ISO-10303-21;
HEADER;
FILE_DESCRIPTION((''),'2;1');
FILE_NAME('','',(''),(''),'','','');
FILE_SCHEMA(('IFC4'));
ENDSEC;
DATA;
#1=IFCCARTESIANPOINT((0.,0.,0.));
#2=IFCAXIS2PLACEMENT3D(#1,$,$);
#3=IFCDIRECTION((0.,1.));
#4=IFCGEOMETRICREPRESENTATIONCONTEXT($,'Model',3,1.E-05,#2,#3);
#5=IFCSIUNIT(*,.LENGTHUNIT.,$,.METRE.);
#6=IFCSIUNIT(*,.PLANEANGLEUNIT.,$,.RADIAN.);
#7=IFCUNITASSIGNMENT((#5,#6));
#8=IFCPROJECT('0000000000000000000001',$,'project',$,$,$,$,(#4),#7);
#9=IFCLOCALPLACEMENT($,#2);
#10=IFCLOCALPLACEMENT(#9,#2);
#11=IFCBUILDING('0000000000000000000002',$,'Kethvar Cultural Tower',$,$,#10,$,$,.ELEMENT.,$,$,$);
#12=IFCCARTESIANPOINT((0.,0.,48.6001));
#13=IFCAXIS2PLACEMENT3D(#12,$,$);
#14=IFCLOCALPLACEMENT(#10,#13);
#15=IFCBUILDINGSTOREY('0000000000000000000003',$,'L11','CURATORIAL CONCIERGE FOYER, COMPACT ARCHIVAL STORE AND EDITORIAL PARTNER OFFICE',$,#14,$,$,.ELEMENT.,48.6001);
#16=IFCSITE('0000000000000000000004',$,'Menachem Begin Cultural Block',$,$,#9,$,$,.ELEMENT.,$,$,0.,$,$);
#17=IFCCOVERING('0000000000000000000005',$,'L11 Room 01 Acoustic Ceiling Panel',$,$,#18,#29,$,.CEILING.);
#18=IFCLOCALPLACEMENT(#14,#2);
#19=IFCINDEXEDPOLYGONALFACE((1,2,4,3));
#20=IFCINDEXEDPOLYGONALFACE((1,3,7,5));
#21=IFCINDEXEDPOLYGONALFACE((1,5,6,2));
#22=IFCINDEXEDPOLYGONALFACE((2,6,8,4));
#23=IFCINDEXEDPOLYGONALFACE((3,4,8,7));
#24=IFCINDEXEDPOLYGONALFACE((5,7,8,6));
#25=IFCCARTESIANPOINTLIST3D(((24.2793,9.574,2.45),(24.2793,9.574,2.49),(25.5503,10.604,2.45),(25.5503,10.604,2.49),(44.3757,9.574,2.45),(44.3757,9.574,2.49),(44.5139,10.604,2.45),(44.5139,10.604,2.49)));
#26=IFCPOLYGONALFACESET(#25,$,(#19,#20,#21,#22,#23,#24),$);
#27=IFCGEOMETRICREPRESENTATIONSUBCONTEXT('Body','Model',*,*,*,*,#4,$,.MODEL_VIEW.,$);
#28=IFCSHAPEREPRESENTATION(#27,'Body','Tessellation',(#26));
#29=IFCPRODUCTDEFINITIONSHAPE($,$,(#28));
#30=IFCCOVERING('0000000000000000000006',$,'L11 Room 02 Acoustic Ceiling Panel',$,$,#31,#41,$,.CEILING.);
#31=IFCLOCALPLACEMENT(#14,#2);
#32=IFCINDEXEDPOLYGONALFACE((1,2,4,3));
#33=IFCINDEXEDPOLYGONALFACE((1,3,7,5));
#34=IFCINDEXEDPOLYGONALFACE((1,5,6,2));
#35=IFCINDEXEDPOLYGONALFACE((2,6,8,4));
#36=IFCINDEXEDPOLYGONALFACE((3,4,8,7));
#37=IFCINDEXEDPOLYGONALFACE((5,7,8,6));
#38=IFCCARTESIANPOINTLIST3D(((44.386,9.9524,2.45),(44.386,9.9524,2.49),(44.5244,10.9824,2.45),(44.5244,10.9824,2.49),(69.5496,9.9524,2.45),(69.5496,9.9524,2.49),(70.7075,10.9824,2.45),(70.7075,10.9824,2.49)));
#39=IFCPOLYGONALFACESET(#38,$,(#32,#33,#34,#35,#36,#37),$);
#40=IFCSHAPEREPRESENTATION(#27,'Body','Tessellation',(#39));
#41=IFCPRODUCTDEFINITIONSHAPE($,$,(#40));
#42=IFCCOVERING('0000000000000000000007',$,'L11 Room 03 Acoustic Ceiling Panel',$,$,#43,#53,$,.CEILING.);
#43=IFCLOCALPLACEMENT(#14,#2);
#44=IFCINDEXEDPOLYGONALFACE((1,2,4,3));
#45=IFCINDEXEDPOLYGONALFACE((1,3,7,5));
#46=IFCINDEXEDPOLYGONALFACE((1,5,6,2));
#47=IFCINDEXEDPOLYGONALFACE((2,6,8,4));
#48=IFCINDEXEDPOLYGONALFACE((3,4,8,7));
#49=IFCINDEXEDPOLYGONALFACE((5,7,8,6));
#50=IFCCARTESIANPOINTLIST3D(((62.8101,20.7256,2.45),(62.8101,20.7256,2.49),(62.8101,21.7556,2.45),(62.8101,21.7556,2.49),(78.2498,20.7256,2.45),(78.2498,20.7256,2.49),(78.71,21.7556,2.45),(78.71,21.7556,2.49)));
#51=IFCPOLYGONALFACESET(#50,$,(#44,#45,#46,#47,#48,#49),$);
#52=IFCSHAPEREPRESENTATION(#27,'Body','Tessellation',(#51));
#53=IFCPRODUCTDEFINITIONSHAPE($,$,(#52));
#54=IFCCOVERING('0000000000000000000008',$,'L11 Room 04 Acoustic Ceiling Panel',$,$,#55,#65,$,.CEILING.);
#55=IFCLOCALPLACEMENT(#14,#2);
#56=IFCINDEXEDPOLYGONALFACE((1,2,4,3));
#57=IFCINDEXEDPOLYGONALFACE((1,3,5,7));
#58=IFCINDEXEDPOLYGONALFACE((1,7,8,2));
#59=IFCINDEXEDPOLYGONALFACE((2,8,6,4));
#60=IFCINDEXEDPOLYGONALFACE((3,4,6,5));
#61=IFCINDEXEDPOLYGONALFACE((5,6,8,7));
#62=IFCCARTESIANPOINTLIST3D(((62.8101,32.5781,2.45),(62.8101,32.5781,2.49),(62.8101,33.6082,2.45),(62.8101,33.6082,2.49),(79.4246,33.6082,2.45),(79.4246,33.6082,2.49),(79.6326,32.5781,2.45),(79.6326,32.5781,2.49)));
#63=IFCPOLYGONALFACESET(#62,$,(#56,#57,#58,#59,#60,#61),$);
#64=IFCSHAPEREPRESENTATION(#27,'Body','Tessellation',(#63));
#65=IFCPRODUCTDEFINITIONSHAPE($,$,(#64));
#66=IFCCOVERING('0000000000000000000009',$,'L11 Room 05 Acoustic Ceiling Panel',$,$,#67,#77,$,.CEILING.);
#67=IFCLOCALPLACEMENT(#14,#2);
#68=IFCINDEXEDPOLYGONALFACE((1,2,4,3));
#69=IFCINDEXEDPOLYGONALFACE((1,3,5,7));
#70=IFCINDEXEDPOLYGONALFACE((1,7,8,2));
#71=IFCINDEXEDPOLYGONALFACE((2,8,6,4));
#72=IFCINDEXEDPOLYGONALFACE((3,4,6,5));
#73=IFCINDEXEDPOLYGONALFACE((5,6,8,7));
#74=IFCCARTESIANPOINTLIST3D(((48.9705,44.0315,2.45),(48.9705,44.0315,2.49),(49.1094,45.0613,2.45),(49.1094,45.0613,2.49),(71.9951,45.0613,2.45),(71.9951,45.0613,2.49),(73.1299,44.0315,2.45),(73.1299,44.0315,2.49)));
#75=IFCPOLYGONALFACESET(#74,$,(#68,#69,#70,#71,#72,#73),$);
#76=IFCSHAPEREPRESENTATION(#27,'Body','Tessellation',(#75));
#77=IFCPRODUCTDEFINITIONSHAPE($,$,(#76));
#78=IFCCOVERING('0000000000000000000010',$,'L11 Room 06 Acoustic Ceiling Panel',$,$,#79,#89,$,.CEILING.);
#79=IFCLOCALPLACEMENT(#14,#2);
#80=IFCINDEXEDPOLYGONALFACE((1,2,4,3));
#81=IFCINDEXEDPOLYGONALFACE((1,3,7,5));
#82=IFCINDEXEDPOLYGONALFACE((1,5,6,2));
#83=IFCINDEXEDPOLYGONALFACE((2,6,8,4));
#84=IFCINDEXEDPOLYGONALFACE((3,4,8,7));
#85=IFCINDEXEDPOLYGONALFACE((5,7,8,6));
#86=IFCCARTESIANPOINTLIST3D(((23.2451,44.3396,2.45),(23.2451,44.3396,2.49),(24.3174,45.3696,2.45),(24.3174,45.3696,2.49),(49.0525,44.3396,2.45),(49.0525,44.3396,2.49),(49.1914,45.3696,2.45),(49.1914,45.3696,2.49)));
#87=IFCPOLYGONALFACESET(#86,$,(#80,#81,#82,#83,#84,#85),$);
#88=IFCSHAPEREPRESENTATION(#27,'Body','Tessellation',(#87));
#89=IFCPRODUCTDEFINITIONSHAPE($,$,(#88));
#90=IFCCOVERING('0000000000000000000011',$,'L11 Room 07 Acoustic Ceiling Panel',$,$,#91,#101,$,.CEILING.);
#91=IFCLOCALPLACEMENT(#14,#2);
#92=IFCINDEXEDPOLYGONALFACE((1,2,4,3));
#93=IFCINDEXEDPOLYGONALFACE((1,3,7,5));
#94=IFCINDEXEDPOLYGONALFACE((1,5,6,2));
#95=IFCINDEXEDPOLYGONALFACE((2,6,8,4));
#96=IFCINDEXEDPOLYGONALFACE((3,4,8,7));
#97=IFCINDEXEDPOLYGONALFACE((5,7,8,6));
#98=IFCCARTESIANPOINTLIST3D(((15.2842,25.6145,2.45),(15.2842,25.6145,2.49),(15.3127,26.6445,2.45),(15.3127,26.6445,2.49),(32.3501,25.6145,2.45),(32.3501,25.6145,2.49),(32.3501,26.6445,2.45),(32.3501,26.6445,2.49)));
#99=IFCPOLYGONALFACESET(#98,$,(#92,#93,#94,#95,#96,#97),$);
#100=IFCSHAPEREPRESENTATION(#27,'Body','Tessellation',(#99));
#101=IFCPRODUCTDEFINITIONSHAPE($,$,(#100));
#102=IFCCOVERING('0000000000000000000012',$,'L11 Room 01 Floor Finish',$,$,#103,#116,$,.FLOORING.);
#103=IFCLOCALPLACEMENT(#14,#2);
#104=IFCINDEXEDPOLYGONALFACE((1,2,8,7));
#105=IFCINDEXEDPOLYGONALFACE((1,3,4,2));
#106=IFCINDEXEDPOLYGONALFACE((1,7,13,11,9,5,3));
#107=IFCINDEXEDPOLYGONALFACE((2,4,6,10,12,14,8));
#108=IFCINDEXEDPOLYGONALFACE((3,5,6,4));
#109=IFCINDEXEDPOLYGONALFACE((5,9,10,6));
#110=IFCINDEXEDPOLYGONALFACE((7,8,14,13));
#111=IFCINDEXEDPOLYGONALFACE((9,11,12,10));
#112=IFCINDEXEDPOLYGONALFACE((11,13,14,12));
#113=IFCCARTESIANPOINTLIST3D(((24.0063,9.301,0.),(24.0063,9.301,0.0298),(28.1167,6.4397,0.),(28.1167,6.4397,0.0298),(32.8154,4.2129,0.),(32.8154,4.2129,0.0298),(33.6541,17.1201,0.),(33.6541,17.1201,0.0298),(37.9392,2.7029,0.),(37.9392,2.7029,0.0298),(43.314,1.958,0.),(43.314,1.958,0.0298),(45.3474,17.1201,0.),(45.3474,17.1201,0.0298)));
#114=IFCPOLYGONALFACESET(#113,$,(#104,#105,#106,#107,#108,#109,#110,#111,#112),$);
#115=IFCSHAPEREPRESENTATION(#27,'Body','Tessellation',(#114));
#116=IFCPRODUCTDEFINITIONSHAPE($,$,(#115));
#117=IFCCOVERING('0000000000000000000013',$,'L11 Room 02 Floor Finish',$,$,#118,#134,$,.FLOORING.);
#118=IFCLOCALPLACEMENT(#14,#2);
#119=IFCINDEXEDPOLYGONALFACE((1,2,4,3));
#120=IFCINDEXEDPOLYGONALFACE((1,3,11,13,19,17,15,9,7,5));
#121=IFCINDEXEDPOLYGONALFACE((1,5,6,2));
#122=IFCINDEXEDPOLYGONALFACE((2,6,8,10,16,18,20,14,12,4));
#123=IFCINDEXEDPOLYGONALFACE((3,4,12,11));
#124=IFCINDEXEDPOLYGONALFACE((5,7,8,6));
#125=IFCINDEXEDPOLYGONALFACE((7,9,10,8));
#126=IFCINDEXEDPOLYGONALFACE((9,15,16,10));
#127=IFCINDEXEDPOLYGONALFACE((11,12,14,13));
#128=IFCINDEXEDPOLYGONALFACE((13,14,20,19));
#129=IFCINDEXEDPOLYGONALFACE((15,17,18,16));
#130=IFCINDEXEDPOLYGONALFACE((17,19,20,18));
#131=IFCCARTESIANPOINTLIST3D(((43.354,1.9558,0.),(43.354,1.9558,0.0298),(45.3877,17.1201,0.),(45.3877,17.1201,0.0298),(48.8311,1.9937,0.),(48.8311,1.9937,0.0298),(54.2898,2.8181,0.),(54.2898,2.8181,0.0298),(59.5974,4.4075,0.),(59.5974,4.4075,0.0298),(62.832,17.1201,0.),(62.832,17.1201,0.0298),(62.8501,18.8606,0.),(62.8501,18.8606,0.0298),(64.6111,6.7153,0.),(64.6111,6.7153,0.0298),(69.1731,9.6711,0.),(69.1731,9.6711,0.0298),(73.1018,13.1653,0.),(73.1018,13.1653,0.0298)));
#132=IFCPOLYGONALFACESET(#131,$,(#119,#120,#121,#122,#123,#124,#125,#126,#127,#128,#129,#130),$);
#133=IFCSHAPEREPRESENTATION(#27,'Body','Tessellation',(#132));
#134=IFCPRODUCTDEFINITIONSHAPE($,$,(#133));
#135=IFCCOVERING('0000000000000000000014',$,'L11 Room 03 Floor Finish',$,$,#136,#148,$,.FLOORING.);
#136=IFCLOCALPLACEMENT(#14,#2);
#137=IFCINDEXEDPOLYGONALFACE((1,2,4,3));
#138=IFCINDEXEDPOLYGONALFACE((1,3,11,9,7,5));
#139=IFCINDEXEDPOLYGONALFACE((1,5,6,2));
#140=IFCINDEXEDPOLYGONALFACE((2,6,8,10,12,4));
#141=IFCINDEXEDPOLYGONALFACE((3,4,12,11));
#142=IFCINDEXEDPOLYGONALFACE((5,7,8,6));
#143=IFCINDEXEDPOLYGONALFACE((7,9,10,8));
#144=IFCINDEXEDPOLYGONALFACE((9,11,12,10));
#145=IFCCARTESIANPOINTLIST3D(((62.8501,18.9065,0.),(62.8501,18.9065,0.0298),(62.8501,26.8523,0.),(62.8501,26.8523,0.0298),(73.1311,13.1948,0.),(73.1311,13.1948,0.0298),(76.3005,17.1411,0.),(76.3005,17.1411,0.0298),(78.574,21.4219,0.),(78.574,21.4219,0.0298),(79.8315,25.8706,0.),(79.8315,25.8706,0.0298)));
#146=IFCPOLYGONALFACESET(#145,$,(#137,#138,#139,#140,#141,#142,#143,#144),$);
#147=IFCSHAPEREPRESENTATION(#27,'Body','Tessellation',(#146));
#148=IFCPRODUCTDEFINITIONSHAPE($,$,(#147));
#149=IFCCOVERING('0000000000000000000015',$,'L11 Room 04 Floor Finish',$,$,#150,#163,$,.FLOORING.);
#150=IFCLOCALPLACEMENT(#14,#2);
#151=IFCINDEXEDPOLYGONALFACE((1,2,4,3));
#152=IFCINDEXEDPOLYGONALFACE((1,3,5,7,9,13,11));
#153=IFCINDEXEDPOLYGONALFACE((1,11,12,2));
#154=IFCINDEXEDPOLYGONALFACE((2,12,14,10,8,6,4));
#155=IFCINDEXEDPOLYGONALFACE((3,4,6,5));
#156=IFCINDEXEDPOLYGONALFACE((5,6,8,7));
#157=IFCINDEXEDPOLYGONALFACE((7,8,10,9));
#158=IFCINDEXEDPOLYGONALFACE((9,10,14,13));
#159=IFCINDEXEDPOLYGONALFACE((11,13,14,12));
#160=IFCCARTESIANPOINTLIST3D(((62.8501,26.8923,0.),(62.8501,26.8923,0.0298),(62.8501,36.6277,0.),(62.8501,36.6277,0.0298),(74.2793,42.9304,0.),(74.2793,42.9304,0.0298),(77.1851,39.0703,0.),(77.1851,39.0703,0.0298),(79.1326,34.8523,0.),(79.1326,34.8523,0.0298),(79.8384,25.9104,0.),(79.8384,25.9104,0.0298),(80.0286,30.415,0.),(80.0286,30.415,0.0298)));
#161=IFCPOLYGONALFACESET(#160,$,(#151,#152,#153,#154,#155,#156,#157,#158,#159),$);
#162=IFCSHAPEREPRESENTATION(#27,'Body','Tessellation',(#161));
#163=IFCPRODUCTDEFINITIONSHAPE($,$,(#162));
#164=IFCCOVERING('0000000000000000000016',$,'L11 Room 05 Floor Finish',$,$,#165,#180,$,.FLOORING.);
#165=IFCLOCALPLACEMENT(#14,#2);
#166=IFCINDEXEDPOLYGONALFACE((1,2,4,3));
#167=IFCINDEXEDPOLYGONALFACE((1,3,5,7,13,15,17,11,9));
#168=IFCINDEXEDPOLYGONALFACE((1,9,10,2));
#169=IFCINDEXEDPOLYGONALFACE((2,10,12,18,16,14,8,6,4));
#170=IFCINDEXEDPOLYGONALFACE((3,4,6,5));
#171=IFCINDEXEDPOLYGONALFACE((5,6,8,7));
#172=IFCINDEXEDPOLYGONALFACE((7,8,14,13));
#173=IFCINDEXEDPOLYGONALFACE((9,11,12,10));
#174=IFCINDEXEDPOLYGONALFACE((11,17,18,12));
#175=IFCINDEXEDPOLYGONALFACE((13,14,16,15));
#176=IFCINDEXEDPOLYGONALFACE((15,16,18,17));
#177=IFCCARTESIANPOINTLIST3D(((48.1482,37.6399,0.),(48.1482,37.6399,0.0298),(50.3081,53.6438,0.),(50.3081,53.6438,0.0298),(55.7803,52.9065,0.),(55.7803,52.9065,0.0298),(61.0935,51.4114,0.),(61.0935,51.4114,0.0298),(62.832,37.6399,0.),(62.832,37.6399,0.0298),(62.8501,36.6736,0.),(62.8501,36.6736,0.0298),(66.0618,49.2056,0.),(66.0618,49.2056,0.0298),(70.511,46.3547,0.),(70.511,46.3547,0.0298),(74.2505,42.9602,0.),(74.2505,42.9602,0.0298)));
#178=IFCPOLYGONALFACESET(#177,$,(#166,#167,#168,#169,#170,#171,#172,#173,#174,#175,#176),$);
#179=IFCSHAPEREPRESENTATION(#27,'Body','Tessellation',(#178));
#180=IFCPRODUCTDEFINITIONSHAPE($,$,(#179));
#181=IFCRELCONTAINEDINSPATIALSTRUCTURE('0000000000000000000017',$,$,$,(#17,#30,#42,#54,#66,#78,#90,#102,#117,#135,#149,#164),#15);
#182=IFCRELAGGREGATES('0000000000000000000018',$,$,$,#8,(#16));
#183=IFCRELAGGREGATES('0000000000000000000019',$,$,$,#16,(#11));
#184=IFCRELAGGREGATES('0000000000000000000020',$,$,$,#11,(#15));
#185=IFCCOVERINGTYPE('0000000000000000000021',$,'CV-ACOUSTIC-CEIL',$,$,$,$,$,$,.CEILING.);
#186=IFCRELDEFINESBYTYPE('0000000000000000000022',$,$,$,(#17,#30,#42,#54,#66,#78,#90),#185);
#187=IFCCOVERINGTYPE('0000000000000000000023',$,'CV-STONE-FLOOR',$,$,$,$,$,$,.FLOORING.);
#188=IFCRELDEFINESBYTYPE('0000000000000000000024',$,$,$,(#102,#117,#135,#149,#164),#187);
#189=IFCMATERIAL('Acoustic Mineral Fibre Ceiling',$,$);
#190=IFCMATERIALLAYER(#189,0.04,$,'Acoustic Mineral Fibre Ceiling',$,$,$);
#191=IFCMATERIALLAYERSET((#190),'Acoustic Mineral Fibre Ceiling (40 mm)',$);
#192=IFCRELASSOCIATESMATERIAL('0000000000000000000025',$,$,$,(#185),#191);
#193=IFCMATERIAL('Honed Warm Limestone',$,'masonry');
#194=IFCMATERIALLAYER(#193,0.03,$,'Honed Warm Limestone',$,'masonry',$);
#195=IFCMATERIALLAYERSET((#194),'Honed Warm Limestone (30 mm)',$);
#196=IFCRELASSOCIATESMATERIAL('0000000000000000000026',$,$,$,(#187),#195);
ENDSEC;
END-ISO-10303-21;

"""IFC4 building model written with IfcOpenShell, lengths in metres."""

from ifc_helpers import new_model, si_unit, direction, frame, origin, place, context, subcontext, project, spatial, polyline, outline, extrude, material, layer, layer_set, type_object, element, save


model = new_model("IFC4")

# Units and contexts
model_context = context("Model", 3, precision=1e-05, world=origin(), true_north=direction((0.0, 1.0)))
body_context = subcontext(model_context, "Body", "Model", "MODEL_VIEW")
ifc_project = project(units=[si_unit("LENGTHUNIT", "METRE"), si_unit("PLANEANGLEUNIT", "RADIAN")], contexts=[model_context])

# Site, building, storey
site_placement = place(None, origin())
site = spatial("IfcSite", under=ifc_project, at=site_placement, Name="Menachem Begin Cultural Block", CompositionType="ELEMENT", RefElevation=0.0)
building_placement = place(site_placement, origin())
building = spatial("IfcBuilding", under=site, at=building_placement, Name="Kethvar Cultural Tower", CompositionType="ELEMENT")
storey_placement = place(building_placement, frame((0.0, 0.0, 48.6001)))
storey = spatial("IfcBuildingStorey", under=building, at=storey_placement, Name="L11", Description="CURATORIAL CONCIERGE FOYER, COMPACT ARCHIVAL STORE AND EDITORIAL PARTNER OFFICE", CompositionType="ELEMENT", Elevation=48.6001)

# Coverings
ifc_material_1 = material(Name="Acoustic Mineral Fibre Ceiling")
ifc_layer_1 = layer(ifc_material_1, 0.04, Name="Acoustic Mineral Fibre Ceiling")
ifc_layer_set_1 = layer_set([ifc_layer_1], Name="Acoustic Mineral Fibre Ceiling (40 mm)")
covering_type_1 = type_object("IfcCoveringType", Name="CV-ACOUSTIC-CEIL", PredefinedType="CEILING", material=ifc_layer_set_1)
covering_1_placement = place(storey_placement, frame((0.0, 0.0, 2.45)))
element("IfcCovering", 1, at=covering_1_placement, inside=storey, type_object=covering_type_1, Name="L11 Room 01 Acoustic Ceiling Panel", PredefinedType="CEILING", context=body_context, shape_type="SweptSolid", body=[
    extrude(outline(polyline([(25.5503, 10.604), (44.5139, 10.604), (44.3757, 9.574), (24.2793, 9.574), (25.5503, 10.604)])), origin(), (0.0, 0.0, 1.0), 0.04),
])
covering_2_placement = place(storey_placement, frame((0.0, 0.0, 2.45)))
element("IfcCovering", 2, at=covering_2_placement, inside=storey, type_object=covering_type_1, Name="L11 Room 02 Acoustic Ceiling Panel", PredefinedType="CEILING", context=body_context, shape_type="SweptSolid", body=[
    extrude(outline(polyline([(44.5244, 10.9824), (70.7075, 10.9824), (69.5496, 9.9524), (44.386, 9.9524), (44.5244, 10.9824)])), origin(), (0.0, 0.0, 1.0), 0.04),
])
covering_3_placement = place(storey_placement, frame((0.0, 0.0, 2.45)))
element("IfcCovering", 3, at=covering_3_placement, inside=storey, type_object=covering_type_1, Name="L11 Room 03 Acoustic Ceiling Panel", PredefinedType="CEILING", context=body_context, shape_type="SweptSolid", body=[
    extrude(outline(polyline([(78.71, 21.7556), (78.2498, 20.7256), (62.8101, 20.7256), (62.8101, 21.7556), (78.71, 21.7556)])), origin(), (0.0, 0.0, 1.0), 0.04),
])
covering_4_placement = place(storey_placement, frame((0.0, 0.0, 2.45)))
element("IfcCovering", 4, at=covering_4_placement, inside=storey, type_object=covering_type_1, Name="L11 Room 04 Acoustic Ceiling Panel", PredefinedType="CEILING", context=body_context, shape_type="SweptSolid", body=[
    extrude(outline(polyline([(79.6326, 32.5781), (62.8101, 32.5781), (62.8101, 33.6082), (79.4246, 33.6082), (79.6326, 32.5781)])), origin(), (0.0, 0.0, 1.0), 0.04),
])
covering_5_placement = place(storey_placement, frame((0.0, 0.0, 2.45)))
element("IfcCovering", 5, at=covering_5_placement, inside=storey, type_object=covering_type_1, Name="L11 Room 05 Acoustic Ceiling Panel", PredefinedType="CEILING", context=body_context, shape_type="SweptSolid", body=[
    extrude(outline(polyline([(73.1299, 44.0315), (48.9705, 44.0315), (49.1094, 45.0613), (71.9951, 45.0613), (73.1299, 44.0315)])), origin(), (0.0, 0.0, 1.0), 0.04),
])
covering_6_placement = place(storey_placement, frame((0.0, 0.0, 2.45)))
element("IfcCovering", 6, at=covering_6_placement, inside=storey, type_object=covering_type_1, Name="L11 Room 06 Acoustic Ceiling Panel", PredefinedType="CEILING", context=body_context, shape_type="SweptSolid", body=[
    extrude(outline(polyline([(24.3174, 45.3696), (49.1914, 45.3696), (49.0525, 44.3396), (23.2451, 44.3396), (24.3174, 45.3696)])), origin(), (0.0, 0.0, 1.0), 0.04),
])
covering_7_placement = place(storey_placement, frame((0.0, 0.0, 2.45)))
element("IfcCovering", 7, at=covering_7_placement, inside=storey, type_object=covering_type_1, Name="L11 Room 07 Acoustic Ceiling Panel", PredefinedType="CEILING", context=body_context, shape_type="SweptSolid", body=[
    extrude(outline(polyline([(15.3127, 26.6445), (32.3501, 26.6445), (32.3501, 25.6145), (15.2842, 25.6145), (15.3127, 26.6445)])), origin(), (0.0, 0.0, 1.0), 0.04),
])
ifc_material_2 = material(Name="Honed Warm Limestone", Category="masonry")
ifc_layer_2 = layer(ifc_material_2, 0.03, Name="Honed Warm Limestone", Category="masonry")
ifc_layer_set_2 = layer_set([ifc_layer_2], Name="Honed Warm Limestone (30 mm)")
covering_type_2 = type_object("IfcCoveringType", Name="CV-STONE-FLOOR", PredefinedType="FLOORING", material=ifc_layer_set_2)
covering_8_placement = place(storey_placement, origin())
element("IfcCovering", 8, at=covering_8_placement, inside=storey, type_object=covering_type_2, Name="L11 Room 01 Floor Finish", PredefinedType="FLOORING", context=body_context, shape_type="SweptSolid", body=[
    extrude(outline(polyline([(37.9392, 2.7029), (32.8154, 4.2129), (28.1167, 6.4397), (24.0063, 9.301), (33.6541, 17.1201), (45.3474, 17.1201), (43.314, 1.958), (37.9392, 2.7029)])), origin(), (0.0, 0.0, 1.0), 0.0298),
])
covering_9_placement = place(storey_placement, origin())
element("IfcCovering", 9, at=covering_9_placement, inside=storey, type_object=covering_type_2, Name="L11 Room 02 Floor Finish", PredefinedType="FLOORING", context=body_context, shape_type="SweptSolid", body=[
    extrude(outline(polyline([(69.1731, 9.6711), (64.6111, 6.7153), (59.5974, 4.4075), (54.2898, 2.8181), (48.8311, 1.9937), (43.354, 1.9558), (45.3877, 17.1201), (62.832, 17.1201), (62.8501, 18.8606), (73.1018, 13.1653), (69.1731, 9.6711)])), origin(), (0.0, 0.0, 1.0), 0.0298),
])
covering_10_placement = place(storey_placement, origin())
element("IfcCovering", 10, at=covering_10_placement, inside=storey, type_object=covering_type_2, Name="L11 Room 03 Floor Finish", PredefinedType="FLOORING", context=body_context, shape_type="SweptSolid", body=[
    extrude(outline(polyline([(78.574, 21.4219), (76.3005, 17.1411), (73.1311, 13.1948), (62.8501, 18.9065), (62.8501, 26.8523), (79.8315, 25.8706), (78.574, 21.4219)])), origin(), (0.0, 0.0, 1.0), 0.0298),
])
covering_11_placement = place(storey_placement, origin())
element("IfcCovering", 11, at=covering_11_placement, inside=storey, type_object=covering_type_2, Name="L11 Room 04 Floor Finish", PredefinedType="FLOORING", context=body_context, shape_type="SweptSolid", body=[
    extrude(outline(polyline([(77.1851, 39.0703), (79.1326, 34.8523), (80.0286, 30.415), (79.8384, 25.9104), (62.8501, 26.8923), (62.8501, 36.6277), (74.2793, 42.9304), (77.1851, 39.0703)])), origin(), (0.0, 0.0, 1.0), 0.0298),
])
covering_12_placement = place(storey_placement, origin())
element("IfcCovering", 12, at=covering_12_placement, inside=storey, type_object=covering_type_2, Name="L11 Room 05 Floor Finish", PredefinedType="FLOORING", context=body_context, shape_type="SweptSolid", body=[
    extrude(outline(polyline([(55.7803, 52.9065), (61.0935, 51.4114), (66.0618, 49.2056), (70.511, 46.3547), (74.2505, 42.9602), (62.8501, 36.6736), (62.832, 37.6399), (48.1482, 37.6399), (50.3081, 53.6438), (55.7803, 52.9065)])), origin(), (0.0, 0.0, 1.0), 0.0298),
])

save(model, "model.ifc")
